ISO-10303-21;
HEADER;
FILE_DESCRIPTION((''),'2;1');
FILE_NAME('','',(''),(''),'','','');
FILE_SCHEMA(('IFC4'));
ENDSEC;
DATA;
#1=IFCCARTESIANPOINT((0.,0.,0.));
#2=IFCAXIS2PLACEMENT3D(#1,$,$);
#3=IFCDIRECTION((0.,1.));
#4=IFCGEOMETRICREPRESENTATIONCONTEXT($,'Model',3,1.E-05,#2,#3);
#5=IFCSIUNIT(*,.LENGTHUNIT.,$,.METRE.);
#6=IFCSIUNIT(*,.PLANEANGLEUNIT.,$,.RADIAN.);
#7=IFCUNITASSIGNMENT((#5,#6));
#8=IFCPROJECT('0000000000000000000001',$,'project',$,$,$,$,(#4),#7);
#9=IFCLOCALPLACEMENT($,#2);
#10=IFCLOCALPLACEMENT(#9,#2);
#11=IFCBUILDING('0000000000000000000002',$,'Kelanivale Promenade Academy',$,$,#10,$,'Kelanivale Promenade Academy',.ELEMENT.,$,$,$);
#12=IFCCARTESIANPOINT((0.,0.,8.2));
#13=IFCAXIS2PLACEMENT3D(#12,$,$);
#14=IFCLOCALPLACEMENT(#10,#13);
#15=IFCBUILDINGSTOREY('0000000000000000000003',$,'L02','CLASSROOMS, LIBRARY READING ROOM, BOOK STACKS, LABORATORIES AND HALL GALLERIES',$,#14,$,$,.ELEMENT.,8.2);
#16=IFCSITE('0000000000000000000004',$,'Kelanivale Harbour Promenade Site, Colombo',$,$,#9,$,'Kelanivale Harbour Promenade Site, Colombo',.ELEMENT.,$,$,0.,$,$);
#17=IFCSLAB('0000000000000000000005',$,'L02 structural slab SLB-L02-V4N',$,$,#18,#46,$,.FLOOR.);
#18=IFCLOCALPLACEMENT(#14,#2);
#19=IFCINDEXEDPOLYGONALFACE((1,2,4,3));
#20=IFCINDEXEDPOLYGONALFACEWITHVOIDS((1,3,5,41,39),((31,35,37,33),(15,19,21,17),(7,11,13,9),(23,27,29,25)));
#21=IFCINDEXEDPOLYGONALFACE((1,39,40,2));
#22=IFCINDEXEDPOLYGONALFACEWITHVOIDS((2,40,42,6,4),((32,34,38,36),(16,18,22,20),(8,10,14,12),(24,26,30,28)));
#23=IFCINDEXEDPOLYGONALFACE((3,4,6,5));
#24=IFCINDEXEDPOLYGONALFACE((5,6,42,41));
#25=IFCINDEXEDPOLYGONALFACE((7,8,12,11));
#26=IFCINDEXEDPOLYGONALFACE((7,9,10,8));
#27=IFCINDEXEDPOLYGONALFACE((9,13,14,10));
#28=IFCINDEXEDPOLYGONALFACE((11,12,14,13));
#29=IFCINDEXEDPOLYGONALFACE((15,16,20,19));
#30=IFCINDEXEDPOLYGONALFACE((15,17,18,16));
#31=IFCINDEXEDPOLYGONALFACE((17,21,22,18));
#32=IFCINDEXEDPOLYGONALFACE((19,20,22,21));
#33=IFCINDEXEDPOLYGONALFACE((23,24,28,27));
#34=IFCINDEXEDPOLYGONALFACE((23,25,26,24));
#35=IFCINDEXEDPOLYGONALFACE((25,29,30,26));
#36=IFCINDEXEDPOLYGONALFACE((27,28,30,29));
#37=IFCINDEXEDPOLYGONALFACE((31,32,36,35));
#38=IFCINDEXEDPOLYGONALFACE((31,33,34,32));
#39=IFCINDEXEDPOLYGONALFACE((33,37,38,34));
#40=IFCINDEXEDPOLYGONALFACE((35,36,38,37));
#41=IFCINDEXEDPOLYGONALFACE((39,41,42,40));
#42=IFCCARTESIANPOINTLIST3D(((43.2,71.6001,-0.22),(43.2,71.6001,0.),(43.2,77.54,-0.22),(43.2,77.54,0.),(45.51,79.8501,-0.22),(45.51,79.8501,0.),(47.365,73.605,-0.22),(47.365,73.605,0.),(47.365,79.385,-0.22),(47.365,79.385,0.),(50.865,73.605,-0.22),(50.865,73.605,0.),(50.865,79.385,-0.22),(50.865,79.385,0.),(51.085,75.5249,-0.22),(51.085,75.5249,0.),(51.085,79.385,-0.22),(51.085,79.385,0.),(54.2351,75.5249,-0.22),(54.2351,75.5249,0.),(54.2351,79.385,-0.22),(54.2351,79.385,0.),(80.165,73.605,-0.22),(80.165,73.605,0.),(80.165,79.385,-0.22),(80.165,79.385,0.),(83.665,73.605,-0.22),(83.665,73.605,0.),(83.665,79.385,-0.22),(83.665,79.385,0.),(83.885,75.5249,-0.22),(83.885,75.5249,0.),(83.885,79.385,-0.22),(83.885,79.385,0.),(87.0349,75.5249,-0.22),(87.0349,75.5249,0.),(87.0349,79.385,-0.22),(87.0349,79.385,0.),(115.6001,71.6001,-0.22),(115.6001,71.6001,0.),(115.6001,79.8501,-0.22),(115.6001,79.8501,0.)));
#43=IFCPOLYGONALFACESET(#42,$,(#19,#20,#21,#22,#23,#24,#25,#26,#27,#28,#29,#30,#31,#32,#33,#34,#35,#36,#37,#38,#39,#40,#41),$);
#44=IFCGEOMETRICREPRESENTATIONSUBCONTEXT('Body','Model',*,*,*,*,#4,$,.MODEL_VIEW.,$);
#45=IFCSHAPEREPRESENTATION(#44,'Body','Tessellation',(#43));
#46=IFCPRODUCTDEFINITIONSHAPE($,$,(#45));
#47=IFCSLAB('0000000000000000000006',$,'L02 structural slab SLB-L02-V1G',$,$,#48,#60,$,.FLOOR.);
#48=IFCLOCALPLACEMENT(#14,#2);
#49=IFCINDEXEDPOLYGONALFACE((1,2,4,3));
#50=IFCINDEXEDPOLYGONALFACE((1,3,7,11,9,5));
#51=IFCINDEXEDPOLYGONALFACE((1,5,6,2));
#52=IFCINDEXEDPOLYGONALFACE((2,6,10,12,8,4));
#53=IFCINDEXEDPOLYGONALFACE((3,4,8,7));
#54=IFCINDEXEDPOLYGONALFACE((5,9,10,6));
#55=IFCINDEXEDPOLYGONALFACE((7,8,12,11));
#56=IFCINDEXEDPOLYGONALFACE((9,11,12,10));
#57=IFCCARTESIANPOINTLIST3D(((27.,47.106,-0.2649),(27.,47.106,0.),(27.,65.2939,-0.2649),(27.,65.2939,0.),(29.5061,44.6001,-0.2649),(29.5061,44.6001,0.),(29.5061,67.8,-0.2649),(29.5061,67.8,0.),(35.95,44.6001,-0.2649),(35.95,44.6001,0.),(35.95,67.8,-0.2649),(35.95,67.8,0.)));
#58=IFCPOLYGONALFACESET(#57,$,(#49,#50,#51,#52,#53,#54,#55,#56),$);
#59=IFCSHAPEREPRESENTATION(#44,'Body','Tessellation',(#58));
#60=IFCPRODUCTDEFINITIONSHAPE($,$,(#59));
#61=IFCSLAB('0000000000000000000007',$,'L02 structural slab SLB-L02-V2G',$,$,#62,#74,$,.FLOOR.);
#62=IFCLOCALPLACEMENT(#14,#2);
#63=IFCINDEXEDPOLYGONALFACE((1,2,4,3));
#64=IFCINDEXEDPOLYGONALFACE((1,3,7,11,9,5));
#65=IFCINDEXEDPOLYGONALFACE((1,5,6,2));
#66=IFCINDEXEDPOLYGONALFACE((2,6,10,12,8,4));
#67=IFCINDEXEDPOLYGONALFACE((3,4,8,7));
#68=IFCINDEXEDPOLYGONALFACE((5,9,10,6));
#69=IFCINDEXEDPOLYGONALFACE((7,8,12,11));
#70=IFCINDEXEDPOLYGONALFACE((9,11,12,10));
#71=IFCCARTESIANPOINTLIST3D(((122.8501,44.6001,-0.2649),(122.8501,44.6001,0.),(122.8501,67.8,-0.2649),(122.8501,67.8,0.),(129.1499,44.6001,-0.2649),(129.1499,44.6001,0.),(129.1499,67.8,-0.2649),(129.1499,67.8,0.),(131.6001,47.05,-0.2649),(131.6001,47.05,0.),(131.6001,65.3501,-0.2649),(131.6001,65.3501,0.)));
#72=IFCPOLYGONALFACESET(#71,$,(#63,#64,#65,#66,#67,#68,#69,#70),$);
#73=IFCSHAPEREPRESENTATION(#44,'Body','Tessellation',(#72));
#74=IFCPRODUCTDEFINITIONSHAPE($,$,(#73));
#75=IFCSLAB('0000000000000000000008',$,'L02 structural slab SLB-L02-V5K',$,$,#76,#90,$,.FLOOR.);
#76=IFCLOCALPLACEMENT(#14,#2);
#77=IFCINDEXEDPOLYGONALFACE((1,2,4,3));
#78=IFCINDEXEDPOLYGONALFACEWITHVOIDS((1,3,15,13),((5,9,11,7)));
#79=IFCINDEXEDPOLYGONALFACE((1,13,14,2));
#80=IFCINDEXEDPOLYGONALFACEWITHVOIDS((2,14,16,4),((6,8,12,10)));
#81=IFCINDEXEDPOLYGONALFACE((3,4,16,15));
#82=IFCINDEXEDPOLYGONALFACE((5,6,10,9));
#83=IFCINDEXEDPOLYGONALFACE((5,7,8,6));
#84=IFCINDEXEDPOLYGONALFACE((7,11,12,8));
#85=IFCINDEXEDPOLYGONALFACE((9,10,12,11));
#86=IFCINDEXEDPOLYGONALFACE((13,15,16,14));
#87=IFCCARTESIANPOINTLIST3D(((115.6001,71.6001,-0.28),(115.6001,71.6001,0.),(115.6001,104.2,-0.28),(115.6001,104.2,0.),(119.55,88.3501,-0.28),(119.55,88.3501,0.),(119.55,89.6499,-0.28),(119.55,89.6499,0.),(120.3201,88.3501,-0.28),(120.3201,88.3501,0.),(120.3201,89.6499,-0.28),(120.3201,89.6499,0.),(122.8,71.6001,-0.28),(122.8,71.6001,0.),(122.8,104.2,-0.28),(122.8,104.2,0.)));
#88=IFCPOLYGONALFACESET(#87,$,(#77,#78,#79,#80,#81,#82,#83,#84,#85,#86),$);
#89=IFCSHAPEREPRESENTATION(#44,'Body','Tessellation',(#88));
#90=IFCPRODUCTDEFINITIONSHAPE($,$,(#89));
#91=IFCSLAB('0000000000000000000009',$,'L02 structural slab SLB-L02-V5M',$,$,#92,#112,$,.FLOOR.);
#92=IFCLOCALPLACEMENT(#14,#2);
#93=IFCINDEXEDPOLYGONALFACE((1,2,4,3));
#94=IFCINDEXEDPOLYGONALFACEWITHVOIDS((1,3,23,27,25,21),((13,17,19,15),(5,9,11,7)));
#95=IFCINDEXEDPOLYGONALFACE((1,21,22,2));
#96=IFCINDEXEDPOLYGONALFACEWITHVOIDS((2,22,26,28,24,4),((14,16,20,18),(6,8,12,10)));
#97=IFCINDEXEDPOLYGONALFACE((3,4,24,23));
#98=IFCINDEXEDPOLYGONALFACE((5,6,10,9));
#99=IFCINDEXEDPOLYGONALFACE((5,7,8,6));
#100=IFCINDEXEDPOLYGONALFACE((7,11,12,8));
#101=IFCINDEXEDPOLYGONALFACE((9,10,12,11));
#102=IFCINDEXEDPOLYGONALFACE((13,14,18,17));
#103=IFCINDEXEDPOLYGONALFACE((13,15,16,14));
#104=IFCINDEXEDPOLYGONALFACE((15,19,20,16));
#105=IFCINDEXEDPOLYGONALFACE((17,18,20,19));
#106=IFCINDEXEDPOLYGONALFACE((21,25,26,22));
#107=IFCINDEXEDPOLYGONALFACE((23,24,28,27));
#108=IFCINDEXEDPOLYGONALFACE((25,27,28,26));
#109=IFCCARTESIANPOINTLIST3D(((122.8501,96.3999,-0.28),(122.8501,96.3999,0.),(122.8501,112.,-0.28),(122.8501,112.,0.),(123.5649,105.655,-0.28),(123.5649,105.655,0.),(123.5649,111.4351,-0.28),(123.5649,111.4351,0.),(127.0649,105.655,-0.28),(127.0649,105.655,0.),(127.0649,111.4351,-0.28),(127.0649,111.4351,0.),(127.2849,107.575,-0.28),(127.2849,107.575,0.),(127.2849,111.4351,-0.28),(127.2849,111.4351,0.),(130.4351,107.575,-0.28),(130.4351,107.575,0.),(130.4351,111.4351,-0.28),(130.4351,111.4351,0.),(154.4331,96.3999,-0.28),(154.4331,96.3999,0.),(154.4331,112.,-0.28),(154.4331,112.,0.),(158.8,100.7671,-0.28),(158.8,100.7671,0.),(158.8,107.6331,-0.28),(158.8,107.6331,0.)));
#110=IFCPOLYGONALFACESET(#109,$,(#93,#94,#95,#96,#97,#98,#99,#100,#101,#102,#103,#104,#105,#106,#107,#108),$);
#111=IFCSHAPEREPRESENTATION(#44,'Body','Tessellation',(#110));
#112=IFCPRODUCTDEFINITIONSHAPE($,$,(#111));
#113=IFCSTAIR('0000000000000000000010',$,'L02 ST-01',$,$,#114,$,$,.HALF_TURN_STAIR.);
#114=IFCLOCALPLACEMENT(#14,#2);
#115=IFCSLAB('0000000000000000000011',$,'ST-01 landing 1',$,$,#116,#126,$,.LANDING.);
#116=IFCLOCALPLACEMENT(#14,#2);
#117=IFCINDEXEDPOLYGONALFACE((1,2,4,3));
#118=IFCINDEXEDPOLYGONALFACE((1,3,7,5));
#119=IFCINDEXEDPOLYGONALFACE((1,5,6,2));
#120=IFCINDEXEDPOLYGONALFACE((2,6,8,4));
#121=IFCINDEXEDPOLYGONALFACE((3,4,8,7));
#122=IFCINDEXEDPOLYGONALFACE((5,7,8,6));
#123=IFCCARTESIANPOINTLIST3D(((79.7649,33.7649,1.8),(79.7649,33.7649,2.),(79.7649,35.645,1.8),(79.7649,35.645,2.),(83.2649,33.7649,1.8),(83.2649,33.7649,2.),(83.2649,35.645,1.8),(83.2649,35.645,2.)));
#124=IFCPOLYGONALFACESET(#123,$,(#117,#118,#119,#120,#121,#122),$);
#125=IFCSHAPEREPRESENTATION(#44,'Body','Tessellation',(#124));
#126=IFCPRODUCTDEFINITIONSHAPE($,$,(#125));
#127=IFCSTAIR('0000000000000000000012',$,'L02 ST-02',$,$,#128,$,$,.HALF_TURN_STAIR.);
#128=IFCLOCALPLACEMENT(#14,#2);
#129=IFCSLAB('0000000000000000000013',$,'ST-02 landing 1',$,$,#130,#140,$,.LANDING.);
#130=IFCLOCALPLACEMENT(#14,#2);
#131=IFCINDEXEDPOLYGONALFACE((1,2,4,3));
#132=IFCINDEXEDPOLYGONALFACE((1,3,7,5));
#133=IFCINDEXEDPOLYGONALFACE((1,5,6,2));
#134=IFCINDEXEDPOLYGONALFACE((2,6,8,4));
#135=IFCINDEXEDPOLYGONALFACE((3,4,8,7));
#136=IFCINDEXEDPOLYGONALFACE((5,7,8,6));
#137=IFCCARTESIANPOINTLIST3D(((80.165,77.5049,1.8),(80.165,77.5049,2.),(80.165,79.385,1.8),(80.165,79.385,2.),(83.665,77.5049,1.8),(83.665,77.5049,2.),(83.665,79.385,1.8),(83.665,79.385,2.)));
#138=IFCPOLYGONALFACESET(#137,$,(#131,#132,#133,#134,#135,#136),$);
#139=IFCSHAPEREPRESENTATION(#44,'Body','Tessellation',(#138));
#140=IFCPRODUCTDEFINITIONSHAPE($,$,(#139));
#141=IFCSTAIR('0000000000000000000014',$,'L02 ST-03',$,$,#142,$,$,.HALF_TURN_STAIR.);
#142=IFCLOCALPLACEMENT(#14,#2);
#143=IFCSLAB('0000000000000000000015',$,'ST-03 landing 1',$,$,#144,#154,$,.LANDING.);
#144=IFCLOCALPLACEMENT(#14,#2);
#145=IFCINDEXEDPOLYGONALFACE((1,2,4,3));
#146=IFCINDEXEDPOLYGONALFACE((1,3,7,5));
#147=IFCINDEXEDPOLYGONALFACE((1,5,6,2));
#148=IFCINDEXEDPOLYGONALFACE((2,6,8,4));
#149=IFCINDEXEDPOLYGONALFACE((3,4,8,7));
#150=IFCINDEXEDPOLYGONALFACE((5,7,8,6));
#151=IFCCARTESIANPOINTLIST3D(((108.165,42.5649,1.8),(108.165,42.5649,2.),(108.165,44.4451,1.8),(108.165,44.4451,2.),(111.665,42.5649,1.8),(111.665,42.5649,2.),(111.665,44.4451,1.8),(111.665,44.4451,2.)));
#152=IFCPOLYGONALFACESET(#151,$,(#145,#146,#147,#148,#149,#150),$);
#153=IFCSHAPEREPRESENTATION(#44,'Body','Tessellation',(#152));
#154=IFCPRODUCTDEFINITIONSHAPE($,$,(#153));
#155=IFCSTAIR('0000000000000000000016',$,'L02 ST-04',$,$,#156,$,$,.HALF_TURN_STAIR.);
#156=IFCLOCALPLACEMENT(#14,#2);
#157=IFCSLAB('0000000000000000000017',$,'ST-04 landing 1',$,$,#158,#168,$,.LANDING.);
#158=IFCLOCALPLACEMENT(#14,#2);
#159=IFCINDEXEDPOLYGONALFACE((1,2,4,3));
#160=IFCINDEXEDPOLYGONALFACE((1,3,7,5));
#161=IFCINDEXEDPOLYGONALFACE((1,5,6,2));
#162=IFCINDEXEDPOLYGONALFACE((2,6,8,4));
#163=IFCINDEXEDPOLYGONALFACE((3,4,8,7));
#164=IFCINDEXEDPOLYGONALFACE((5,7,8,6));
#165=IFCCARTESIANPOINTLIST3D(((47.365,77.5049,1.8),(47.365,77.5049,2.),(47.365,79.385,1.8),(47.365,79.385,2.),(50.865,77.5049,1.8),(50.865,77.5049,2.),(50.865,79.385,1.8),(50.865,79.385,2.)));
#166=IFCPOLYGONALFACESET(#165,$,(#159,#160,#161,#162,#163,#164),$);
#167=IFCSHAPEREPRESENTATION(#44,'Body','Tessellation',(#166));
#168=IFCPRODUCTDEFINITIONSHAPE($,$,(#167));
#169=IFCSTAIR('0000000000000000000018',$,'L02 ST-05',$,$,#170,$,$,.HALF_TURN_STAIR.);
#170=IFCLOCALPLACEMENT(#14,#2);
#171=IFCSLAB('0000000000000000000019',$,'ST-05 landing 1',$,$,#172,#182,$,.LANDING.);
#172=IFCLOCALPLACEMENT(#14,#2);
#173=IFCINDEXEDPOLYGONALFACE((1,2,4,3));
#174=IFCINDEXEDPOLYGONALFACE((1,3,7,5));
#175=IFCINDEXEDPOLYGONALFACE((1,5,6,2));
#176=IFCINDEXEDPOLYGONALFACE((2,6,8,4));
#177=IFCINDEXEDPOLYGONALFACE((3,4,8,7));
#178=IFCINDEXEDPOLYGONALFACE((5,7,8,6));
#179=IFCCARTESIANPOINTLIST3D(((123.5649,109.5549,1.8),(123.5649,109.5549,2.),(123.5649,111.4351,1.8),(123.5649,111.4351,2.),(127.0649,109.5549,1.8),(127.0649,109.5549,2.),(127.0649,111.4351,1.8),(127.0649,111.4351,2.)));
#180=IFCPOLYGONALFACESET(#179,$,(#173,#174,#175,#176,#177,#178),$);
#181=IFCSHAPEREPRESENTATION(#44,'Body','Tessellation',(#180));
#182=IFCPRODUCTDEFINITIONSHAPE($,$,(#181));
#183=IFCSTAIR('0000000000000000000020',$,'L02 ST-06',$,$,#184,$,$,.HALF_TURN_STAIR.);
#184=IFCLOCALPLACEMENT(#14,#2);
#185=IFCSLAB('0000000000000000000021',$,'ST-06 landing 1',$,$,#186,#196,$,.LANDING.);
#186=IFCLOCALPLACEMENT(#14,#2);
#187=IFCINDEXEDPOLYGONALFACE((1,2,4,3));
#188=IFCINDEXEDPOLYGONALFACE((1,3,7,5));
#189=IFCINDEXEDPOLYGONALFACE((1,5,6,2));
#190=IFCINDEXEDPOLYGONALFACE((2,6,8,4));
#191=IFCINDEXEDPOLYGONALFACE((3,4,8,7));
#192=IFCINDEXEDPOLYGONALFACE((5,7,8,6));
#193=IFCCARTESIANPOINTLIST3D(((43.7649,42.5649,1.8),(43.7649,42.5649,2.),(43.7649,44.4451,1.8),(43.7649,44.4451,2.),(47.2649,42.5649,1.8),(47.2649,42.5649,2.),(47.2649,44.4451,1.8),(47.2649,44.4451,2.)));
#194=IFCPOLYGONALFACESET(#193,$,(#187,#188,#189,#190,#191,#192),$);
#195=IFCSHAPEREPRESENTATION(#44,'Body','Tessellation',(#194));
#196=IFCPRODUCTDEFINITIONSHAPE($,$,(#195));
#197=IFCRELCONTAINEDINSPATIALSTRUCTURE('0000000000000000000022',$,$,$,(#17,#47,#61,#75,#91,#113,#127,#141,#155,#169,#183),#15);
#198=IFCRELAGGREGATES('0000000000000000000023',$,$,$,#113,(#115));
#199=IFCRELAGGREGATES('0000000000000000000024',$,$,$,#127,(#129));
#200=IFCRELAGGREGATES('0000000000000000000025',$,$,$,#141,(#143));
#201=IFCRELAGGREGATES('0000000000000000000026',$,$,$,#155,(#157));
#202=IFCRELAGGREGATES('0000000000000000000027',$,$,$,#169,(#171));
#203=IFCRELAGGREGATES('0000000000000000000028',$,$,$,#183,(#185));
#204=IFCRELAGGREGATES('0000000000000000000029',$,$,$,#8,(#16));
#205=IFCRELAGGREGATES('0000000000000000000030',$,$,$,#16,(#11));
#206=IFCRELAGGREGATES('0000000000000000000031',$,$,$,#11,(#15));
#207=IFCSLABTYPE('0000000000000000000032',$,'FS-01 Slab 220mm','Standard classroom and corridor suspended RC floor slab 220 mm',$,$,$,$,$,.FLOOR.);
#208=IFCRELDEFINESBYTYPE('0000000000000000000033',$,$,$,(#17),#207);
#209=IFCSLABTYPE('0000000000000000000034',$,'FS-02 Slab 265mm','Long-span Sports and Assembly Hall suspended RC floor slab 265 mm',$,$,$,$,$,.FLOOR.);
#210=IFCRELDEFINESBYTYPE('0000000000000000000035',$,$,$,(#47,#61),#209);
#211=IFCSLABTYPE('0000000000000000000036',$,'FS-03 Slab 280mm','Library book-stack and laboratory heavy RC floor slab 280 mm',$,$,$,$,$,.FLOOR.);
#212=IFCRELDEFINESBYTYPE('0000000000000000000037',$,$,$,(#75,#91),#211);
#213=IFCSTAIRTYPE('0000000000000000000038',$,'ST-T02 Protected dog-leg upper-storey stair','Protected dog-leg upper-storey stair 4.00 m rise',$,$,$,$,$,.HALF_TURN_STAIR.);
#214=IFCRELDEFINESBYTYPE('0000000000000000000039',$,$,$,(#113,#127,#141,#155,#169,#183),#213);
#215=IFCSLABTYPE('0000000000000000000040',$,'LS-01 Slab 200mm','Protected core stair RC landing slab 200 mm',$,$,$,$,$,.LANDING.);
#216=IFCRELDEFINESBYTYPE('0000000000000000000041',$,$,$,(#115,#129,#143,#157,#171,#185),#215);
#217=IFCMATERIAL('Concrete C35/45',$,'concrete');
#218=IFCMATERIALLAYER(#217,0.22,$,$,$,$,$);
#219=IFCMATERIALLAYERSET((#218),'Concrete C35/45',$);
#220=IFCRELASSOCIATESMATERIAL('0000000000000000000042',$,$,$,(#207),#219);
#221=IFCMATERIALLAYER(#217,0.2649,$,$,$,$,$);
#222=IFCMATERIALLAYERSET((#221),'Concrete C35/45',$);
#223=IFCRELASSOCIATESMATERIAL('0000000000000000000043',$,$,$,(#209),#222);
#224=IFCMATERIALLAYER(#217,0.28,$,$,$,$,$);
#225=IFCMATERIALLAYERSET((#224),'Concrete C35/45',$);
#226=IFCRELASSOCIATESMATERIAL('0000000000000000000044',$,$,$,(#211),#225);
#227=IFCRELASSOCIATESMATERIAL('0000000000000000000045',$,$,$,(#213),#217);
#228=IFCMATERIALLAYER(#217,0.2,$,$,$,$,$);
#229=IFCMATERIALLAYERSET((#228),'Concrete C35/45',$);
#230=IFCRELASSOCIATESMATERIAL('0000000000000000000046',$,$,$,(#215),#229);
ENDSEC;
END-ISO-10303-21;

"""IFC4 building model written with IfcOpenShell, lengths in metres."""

from ifc_helpers import new_model, si_unit, direction, frame, origin, place, context, subcontext, project, spatial, polyline, outline, extrude, material, layer, layer_set, type_object, element, aggregate, save


model = new_model("IFC4")

# Units and contexts
model_context = context("Model", 3, precision=1e-05, world=origin(), true_north=direction((0.0, 1.0)))
body_context = subcontext(model_context, "Body", "Model", "MODEL_VIEW")
ifc_project = project(units=[si_unit("LENGTHUNIT", "METRE"), si_unit("PLANEANGLEUNIT", "RADIAN")], contexts=[model_context])

# Site, building, storey
site_placement = place(None, origin())
site = spatial("IfcSite", under=ifc_project, at=site_placement, Name="Kelanivale Harbour Promenade Site, Colombo", LongName="Kelanivale Harbour Promenade Site, Colombo", CompositionType="ELEMENT", RefElevation=0.0)
building_placement = place(site_placement, origin())
building = spatial("IfcBuilding", under=site, at=building_placement, Name="Kelanivale Promenade Academy", LongName="Kelanivale Promenade Academy", CompositionType="ELEMENT")
storey_placement = place(building_placement, frame((0.0, 0.0, 8.2)))
storey = spatial("IfcBuildingStorey", under=building, at=storey_placement, Name="L02", Description="CLASSROOMS, LIBRARY READING ROOM, BOOK STACKS, LABORATORIES AND HALL GALLERIES", CompositionType="ELEMENT", Elevation=8.2)

# Slabs
ifc_material_1 = material(Name="Concrete C35/45", Category="concrete")
ifc_layer_1 = layer(ifc_material_1, 0.22)
ifc_layer_set_1 = layer_set([ifc_layer_1], Name="Concrete C35/45")
slab_type_1 = type_object("IfcSlabType", Name="FS-01 Slab 220mm", Description="Standard classroom and corridor suspended RC floor slab 220 mm", PredefinedType="FLOOR", material=ifc_layer_set_1)
slab_1_placement = place(storey_placement, frame((0.0, 0.0, -0.22)))
element("IfcSlab", 1, at=slab_1_placement, inside=storey, type_object=slab_type_1, Name="L02 structural slab SLB-L02-V4N", PredefinedType="FLOOR", context=body_context, shape_type="SweptSolid", body=[
    extrude(outline(polyline([(43.2, 77.54), (43.2, 71.6001), (115.6001, 71.6001), (115.6001, 79.8501), (45.51, 79.8501), (43.2, 77.54)]), holes=[polyline([(83.885, 79.385), (87.0349, 79.385), (87.0349, 75.5249), (83.885, 75.5249), (83.885, 79.385)]), polyline([(83.665, 79.385), (83.665, 73.605), (80.165, 73.605), (80.165, 79.385), (83.665, 79.385)]), polyline([(51.085, 79.385), (54.2351, 79.385), (54.2351, 75.5249), (51.085, 75.5249), (51.085, 79.385)]), polyline([(50.865, 79.385), (50.865, 73.605), (47.365, 73.605), (47.365, 79.385), (50.865, 79.385)])]), origin(), (0.0, 0.0, 1.0), 0.22),
])
ifc_layer_2 = layer(ifc_material_1, 0.2649)
ifc_layer_set_2 = layer_set([ifc_layer_2], Name="Concrete C35/45")
slab_type_2 = type_object("IfcSlabType", Name="FS-02 Slab 265mm", Description="Long-span Sports and Assembly Hall suspended RC floor slab 265 mm", PredefinedType="FLOOR", material=ifc_layer_set_2)
slab_2_placement = place(storey_placement, frame((0.0, 0.0, -0.2649)))
element("IfcSlab", 2, at=slab_2_placement, inside=storey, type_object=slab_type_2, Name="L02 structural slab SLB-L02-V1G", PredefinedType="FLOOR", context=body_context, shape_type="SweptSolid", body=[
    extrude(outline(polyline([(29.5061, 44.6001), (35.95, 44.6001), (35.95, 67.8), (29.5061, 67.8), (27.0, 65.2939), (27.0, 47.106), (29.5061, 44.6001)])), origin(), (0.0, 0.0, 1.0), 0.2649),
])
slab_3_placement = place(storey_placement, frame((0.0, 0.0, -0.2649)))
element("IfcSlab", 3, at=slab_3_placement, inside=storey, type_object=slab_type_2, Name="L02 structural slab SLB-L02-V2G", PredefinedType="FLOOR", context=body_context, shape_type="SweptSolid", body=[
    extrude(outline(polyline([(129.1499, 44.6001), (131.6001, 47.05), (131.6001, 65.3501), (129.1499, 67.8), (122.8501, 67.8), (122.8501, 44.6001), (129.1499, 44.6001)])), origin(), (0.0, 0.0, 1.0), 0.2649),
])
ifc_layer_3 = layer(ifc_material_1, 0.28)
ifc_layer_set_3 = layer_set([ifc_layer_3], Name="Concrete C35/45")
slab_type_3 = type_object("IfcSlabType", Name="FS-03 Slab 280mm", Description="Library book-stack and laboratory heavy RC floor slab 280 mm", PredefinedType="FLOOR", material=ifc_layer_set_3)
slab_4_placement = place(storey_placement, frame((0.0, 0.0, -0.28)))
element("IfcSlab", 4, at=slab_4_placement, inside=storey, type_object=slab_type_3, Name="L02 structural slab SLB-L02-V5K", PredefinedType="FLOOR", context=body_context, shape_type="SweptSolid", body=[
    extrude(outline(polyline([(122.8, 71.6001), (122.8, 104.2), (115.6001, 104.2), (115.6001, 71.6001), (122.8, 71.6001)]), holes=[polyline([(120.3201, 89.6499), (120.3201, 88.3501), (119.55, 88.3501), (119.55, 89.6499), (120.3201, 89.6499)])]), origin(), (0.0, 0.0, 1.0), 0.28),
])
slab_5_placement = place(storey_placement, frame((0.0, 0.0, -0.28)))
element("IfcSlab", 5, at=slab_5_placement, inside=storey, type_object=slab_type_3, Name="L02 structural slab SLB-L02-V5M", PredefinedType="FLOOR", context=body_context, shape_type="SweptSolid", body=[
    extrude(outline(polyline([(154.4331, 96.3999), (158.8, 100.7671), (158.8, 107.6331), (154.4331, 112.0), (122.8501, 112.0), (122.8501, 96.3999), (154.4331, 96.3999)]), holes=[polyline([(130.4351, 107.575), (127.2849, 107.575), (127.2849, 111.4351), (130.4351, 111.4351), (130.4351, 107.575)]), polyline([(123.5649, 105.655), (123.5649, 111.4351), (127.0649, 111.4351), (127.0649, 105.655), (123.5649, 105.655)])]), origin(), (0.0, 0.0, 1.0), 0.28),
])

# Stairs, slabs
stair_type_1 = type_object("IfcStairType", Name="ST-T02 Protected dog-leg upper-storey stair", Description="Protected dog-leg upper-storey stair 4.00 m rise", PredefinedType="HALF_TURN_STAIR", material=ifc_material_1)
stair_1_placement = place(storey_placement, origin())
stair_1 = element("IfcStair", 6, at=stair_1_placement, inside=storey, type_object=stair_type_1, Name="L02 ST-01", PredefinedType="HALF_TURN_STAIR")
ifc_layer_4 = layer(ifc_material_1, 0.2)
ifc_layer_set_4 = layer_set([ifc_layer_4], Name="Concrete C35/45")
slab_type_4 = type_object("IfcSlabType", Name="LS-01 Slab 200mm", Description="Protected core stair RC landing slab 200 mm", PredefinedType="LANDING", material=ifc_layer_set_4)
slab_6_placement = place(storey_placement, frame((0.0, 0.0, 1.8)))
slab_6 = element("IfcSlab", 7, at=slab_6_placement, type_object=slab_type_4, Name="ST-01 landing 1", PredefinedType="LANDING", context=body_context, shape_type="SweptSolid", body=[
    extrude(outline(polyline([(79.7649, 35.645), (79.7649, 33.7649), (83.2649, 33.7649), (83.2649, 35.645), (79.7649, 35.645)])), origin(), (0.0, 0.0, 1.0), 0.2),
])
aggregate(stair_1, [slab_6])
stair_2_placement = place(storey_placement, origin())
stair_2 = element("IfcStair", 8, at=stair_2_placement, inside=storey, type_object=stair_type_1, Name="L02 ST-02", PredefinedType="HALF_TURN_STAIR")
slab_7_placement = place(storey_placement, frame((0.0, 0.0, 1.8)))
slab_7 = element("IfcSlab", 9, at=slab_7_placement, type_object=slab_type_4, Name="ST-02 landing 1", PredefinedType="LANDING", context=body_context, shape_type="SweptSolid", body=[
    extrude(outline(polyline([(83.665, 77.5049), (83.665, 79.385), (80.165, 79.385), (80.165, 77.5049), (83.665, 77.5049)])), origin(), (0.0, 0.0, 1.0), 0.2),
])
aggregate(stair_2, [slab_7])
stair_3_placement = place(storey_placement, origin())
stair_3 = element("IfcStair", 10, at=stair_3_placement, inside=storey, type_object=stair_type_1, Name="L02 ST-03", PredefinedType="HALF_TURN_STAIR")
slab_8_placement = place(storey_placement, frame((0.0, 0.0, 1.8)))
slab_8 = element("IfcSlab", 11, at=slab_8_placement, type_object=slab_type_4, Name="ST-03 landing 1", PredefinedType="LANDING", context=body_context, shape_type="SweptSolid", body=[
    extrude(outline(polyline([(108.165, 44.4451), (108.165, 42.5649), (111.665, 42.5649), (111.665, 44.4451), (108.165, 44.4451)])), origin(), (0.0, 0.0, 1.0), 0.2),
])
aggregate(stair_3, [slab_8])
stair_4_placement = place(storey_placement, origin())
stair_4 = element("IfcStair", 12, at=stair_4_placement, inside=storey, type_object=stair_type_1, Name="L02 ST-04", PredefinedType="HALF_TURN_STAIR")
slab_9_placement = place(storey_placement, frame((0.0, 0.0, 1.8)))
slab_9 = element("IfcSlab", 13, at=slab_9_placement, type_object=slab_type_4, Name="ST-04 landing 1", PredefinedType="LANDING", context=body_context, shape_type="SweptSolid", body=[
    extrude(outline(polyline([(50.865, 77.5049), (50.865, 79.385), (47.365, 79.385), (47.365, 77.5049), (50.865, 77.5049)])), origin(), (0.0, 0.0, 1.0), 0.2),
])
aggregate(stair_4, [slab_9])
stair_5_placement = place(storey_placement, origin())
stair_5 = element("IfcStair", 14, at=stair_5_placement, inside=storey, type_object=stair_type_1, Name="L02 ST-05", PredefinedType="HALF_TURN_STAIR")
slab_10_placement = place(storey_placement, frame((0.0, 0.0, 1.8)))
slab_10 = element("IfcSlab", 15, at=slab_10_placement, type_object=slab_type_4, Name="ST-05 landing 1", PredefinedType="LANDING", context=body_context, shape_type="SweptSolid", body=[
    extrude(outline(polyline([(127.0649, 109.5549), (127.0649, 111.4351), (123.5649, 111.4351), (123.5649, 109.5549), (127.0649, 109.5549)])), origin(), (0.0, 0.0, 1.0), 0.2),
])
aggregate(stair_5, [slab_10])
stair_6_placement = place(storey_placement, origin())
stair_6 = element("IfcStair", 16, at=stair_6_placement, inside=storey, type_object=stair_type_1, Name="L02 ST-06", PredefinedType="HALF_TURN_STAIR")
slab_11_placement = place(storey_placement, frame((0.0, 0.0, 1.8)))
slab_11 = element("IfcSlab", 17, at=slab_11_placement, type_object=slab_type_4, Name="ST-06 landing 1", PredefinedType="LANDING", context=body_context, shape_type="SweptSolid", body=[
    extrude(outline(polyline([(43.7649, 44.4451), (43.7649, 42.5649), (47.2649, 42.5649), (47.2649, 44.4451), (43.7649, 44.4451)])), origin(), (0.0, 0.0, 1.0), 0.2),
])
aggregate(stair_6, [slab_11])

save(model, "model.ifc")
